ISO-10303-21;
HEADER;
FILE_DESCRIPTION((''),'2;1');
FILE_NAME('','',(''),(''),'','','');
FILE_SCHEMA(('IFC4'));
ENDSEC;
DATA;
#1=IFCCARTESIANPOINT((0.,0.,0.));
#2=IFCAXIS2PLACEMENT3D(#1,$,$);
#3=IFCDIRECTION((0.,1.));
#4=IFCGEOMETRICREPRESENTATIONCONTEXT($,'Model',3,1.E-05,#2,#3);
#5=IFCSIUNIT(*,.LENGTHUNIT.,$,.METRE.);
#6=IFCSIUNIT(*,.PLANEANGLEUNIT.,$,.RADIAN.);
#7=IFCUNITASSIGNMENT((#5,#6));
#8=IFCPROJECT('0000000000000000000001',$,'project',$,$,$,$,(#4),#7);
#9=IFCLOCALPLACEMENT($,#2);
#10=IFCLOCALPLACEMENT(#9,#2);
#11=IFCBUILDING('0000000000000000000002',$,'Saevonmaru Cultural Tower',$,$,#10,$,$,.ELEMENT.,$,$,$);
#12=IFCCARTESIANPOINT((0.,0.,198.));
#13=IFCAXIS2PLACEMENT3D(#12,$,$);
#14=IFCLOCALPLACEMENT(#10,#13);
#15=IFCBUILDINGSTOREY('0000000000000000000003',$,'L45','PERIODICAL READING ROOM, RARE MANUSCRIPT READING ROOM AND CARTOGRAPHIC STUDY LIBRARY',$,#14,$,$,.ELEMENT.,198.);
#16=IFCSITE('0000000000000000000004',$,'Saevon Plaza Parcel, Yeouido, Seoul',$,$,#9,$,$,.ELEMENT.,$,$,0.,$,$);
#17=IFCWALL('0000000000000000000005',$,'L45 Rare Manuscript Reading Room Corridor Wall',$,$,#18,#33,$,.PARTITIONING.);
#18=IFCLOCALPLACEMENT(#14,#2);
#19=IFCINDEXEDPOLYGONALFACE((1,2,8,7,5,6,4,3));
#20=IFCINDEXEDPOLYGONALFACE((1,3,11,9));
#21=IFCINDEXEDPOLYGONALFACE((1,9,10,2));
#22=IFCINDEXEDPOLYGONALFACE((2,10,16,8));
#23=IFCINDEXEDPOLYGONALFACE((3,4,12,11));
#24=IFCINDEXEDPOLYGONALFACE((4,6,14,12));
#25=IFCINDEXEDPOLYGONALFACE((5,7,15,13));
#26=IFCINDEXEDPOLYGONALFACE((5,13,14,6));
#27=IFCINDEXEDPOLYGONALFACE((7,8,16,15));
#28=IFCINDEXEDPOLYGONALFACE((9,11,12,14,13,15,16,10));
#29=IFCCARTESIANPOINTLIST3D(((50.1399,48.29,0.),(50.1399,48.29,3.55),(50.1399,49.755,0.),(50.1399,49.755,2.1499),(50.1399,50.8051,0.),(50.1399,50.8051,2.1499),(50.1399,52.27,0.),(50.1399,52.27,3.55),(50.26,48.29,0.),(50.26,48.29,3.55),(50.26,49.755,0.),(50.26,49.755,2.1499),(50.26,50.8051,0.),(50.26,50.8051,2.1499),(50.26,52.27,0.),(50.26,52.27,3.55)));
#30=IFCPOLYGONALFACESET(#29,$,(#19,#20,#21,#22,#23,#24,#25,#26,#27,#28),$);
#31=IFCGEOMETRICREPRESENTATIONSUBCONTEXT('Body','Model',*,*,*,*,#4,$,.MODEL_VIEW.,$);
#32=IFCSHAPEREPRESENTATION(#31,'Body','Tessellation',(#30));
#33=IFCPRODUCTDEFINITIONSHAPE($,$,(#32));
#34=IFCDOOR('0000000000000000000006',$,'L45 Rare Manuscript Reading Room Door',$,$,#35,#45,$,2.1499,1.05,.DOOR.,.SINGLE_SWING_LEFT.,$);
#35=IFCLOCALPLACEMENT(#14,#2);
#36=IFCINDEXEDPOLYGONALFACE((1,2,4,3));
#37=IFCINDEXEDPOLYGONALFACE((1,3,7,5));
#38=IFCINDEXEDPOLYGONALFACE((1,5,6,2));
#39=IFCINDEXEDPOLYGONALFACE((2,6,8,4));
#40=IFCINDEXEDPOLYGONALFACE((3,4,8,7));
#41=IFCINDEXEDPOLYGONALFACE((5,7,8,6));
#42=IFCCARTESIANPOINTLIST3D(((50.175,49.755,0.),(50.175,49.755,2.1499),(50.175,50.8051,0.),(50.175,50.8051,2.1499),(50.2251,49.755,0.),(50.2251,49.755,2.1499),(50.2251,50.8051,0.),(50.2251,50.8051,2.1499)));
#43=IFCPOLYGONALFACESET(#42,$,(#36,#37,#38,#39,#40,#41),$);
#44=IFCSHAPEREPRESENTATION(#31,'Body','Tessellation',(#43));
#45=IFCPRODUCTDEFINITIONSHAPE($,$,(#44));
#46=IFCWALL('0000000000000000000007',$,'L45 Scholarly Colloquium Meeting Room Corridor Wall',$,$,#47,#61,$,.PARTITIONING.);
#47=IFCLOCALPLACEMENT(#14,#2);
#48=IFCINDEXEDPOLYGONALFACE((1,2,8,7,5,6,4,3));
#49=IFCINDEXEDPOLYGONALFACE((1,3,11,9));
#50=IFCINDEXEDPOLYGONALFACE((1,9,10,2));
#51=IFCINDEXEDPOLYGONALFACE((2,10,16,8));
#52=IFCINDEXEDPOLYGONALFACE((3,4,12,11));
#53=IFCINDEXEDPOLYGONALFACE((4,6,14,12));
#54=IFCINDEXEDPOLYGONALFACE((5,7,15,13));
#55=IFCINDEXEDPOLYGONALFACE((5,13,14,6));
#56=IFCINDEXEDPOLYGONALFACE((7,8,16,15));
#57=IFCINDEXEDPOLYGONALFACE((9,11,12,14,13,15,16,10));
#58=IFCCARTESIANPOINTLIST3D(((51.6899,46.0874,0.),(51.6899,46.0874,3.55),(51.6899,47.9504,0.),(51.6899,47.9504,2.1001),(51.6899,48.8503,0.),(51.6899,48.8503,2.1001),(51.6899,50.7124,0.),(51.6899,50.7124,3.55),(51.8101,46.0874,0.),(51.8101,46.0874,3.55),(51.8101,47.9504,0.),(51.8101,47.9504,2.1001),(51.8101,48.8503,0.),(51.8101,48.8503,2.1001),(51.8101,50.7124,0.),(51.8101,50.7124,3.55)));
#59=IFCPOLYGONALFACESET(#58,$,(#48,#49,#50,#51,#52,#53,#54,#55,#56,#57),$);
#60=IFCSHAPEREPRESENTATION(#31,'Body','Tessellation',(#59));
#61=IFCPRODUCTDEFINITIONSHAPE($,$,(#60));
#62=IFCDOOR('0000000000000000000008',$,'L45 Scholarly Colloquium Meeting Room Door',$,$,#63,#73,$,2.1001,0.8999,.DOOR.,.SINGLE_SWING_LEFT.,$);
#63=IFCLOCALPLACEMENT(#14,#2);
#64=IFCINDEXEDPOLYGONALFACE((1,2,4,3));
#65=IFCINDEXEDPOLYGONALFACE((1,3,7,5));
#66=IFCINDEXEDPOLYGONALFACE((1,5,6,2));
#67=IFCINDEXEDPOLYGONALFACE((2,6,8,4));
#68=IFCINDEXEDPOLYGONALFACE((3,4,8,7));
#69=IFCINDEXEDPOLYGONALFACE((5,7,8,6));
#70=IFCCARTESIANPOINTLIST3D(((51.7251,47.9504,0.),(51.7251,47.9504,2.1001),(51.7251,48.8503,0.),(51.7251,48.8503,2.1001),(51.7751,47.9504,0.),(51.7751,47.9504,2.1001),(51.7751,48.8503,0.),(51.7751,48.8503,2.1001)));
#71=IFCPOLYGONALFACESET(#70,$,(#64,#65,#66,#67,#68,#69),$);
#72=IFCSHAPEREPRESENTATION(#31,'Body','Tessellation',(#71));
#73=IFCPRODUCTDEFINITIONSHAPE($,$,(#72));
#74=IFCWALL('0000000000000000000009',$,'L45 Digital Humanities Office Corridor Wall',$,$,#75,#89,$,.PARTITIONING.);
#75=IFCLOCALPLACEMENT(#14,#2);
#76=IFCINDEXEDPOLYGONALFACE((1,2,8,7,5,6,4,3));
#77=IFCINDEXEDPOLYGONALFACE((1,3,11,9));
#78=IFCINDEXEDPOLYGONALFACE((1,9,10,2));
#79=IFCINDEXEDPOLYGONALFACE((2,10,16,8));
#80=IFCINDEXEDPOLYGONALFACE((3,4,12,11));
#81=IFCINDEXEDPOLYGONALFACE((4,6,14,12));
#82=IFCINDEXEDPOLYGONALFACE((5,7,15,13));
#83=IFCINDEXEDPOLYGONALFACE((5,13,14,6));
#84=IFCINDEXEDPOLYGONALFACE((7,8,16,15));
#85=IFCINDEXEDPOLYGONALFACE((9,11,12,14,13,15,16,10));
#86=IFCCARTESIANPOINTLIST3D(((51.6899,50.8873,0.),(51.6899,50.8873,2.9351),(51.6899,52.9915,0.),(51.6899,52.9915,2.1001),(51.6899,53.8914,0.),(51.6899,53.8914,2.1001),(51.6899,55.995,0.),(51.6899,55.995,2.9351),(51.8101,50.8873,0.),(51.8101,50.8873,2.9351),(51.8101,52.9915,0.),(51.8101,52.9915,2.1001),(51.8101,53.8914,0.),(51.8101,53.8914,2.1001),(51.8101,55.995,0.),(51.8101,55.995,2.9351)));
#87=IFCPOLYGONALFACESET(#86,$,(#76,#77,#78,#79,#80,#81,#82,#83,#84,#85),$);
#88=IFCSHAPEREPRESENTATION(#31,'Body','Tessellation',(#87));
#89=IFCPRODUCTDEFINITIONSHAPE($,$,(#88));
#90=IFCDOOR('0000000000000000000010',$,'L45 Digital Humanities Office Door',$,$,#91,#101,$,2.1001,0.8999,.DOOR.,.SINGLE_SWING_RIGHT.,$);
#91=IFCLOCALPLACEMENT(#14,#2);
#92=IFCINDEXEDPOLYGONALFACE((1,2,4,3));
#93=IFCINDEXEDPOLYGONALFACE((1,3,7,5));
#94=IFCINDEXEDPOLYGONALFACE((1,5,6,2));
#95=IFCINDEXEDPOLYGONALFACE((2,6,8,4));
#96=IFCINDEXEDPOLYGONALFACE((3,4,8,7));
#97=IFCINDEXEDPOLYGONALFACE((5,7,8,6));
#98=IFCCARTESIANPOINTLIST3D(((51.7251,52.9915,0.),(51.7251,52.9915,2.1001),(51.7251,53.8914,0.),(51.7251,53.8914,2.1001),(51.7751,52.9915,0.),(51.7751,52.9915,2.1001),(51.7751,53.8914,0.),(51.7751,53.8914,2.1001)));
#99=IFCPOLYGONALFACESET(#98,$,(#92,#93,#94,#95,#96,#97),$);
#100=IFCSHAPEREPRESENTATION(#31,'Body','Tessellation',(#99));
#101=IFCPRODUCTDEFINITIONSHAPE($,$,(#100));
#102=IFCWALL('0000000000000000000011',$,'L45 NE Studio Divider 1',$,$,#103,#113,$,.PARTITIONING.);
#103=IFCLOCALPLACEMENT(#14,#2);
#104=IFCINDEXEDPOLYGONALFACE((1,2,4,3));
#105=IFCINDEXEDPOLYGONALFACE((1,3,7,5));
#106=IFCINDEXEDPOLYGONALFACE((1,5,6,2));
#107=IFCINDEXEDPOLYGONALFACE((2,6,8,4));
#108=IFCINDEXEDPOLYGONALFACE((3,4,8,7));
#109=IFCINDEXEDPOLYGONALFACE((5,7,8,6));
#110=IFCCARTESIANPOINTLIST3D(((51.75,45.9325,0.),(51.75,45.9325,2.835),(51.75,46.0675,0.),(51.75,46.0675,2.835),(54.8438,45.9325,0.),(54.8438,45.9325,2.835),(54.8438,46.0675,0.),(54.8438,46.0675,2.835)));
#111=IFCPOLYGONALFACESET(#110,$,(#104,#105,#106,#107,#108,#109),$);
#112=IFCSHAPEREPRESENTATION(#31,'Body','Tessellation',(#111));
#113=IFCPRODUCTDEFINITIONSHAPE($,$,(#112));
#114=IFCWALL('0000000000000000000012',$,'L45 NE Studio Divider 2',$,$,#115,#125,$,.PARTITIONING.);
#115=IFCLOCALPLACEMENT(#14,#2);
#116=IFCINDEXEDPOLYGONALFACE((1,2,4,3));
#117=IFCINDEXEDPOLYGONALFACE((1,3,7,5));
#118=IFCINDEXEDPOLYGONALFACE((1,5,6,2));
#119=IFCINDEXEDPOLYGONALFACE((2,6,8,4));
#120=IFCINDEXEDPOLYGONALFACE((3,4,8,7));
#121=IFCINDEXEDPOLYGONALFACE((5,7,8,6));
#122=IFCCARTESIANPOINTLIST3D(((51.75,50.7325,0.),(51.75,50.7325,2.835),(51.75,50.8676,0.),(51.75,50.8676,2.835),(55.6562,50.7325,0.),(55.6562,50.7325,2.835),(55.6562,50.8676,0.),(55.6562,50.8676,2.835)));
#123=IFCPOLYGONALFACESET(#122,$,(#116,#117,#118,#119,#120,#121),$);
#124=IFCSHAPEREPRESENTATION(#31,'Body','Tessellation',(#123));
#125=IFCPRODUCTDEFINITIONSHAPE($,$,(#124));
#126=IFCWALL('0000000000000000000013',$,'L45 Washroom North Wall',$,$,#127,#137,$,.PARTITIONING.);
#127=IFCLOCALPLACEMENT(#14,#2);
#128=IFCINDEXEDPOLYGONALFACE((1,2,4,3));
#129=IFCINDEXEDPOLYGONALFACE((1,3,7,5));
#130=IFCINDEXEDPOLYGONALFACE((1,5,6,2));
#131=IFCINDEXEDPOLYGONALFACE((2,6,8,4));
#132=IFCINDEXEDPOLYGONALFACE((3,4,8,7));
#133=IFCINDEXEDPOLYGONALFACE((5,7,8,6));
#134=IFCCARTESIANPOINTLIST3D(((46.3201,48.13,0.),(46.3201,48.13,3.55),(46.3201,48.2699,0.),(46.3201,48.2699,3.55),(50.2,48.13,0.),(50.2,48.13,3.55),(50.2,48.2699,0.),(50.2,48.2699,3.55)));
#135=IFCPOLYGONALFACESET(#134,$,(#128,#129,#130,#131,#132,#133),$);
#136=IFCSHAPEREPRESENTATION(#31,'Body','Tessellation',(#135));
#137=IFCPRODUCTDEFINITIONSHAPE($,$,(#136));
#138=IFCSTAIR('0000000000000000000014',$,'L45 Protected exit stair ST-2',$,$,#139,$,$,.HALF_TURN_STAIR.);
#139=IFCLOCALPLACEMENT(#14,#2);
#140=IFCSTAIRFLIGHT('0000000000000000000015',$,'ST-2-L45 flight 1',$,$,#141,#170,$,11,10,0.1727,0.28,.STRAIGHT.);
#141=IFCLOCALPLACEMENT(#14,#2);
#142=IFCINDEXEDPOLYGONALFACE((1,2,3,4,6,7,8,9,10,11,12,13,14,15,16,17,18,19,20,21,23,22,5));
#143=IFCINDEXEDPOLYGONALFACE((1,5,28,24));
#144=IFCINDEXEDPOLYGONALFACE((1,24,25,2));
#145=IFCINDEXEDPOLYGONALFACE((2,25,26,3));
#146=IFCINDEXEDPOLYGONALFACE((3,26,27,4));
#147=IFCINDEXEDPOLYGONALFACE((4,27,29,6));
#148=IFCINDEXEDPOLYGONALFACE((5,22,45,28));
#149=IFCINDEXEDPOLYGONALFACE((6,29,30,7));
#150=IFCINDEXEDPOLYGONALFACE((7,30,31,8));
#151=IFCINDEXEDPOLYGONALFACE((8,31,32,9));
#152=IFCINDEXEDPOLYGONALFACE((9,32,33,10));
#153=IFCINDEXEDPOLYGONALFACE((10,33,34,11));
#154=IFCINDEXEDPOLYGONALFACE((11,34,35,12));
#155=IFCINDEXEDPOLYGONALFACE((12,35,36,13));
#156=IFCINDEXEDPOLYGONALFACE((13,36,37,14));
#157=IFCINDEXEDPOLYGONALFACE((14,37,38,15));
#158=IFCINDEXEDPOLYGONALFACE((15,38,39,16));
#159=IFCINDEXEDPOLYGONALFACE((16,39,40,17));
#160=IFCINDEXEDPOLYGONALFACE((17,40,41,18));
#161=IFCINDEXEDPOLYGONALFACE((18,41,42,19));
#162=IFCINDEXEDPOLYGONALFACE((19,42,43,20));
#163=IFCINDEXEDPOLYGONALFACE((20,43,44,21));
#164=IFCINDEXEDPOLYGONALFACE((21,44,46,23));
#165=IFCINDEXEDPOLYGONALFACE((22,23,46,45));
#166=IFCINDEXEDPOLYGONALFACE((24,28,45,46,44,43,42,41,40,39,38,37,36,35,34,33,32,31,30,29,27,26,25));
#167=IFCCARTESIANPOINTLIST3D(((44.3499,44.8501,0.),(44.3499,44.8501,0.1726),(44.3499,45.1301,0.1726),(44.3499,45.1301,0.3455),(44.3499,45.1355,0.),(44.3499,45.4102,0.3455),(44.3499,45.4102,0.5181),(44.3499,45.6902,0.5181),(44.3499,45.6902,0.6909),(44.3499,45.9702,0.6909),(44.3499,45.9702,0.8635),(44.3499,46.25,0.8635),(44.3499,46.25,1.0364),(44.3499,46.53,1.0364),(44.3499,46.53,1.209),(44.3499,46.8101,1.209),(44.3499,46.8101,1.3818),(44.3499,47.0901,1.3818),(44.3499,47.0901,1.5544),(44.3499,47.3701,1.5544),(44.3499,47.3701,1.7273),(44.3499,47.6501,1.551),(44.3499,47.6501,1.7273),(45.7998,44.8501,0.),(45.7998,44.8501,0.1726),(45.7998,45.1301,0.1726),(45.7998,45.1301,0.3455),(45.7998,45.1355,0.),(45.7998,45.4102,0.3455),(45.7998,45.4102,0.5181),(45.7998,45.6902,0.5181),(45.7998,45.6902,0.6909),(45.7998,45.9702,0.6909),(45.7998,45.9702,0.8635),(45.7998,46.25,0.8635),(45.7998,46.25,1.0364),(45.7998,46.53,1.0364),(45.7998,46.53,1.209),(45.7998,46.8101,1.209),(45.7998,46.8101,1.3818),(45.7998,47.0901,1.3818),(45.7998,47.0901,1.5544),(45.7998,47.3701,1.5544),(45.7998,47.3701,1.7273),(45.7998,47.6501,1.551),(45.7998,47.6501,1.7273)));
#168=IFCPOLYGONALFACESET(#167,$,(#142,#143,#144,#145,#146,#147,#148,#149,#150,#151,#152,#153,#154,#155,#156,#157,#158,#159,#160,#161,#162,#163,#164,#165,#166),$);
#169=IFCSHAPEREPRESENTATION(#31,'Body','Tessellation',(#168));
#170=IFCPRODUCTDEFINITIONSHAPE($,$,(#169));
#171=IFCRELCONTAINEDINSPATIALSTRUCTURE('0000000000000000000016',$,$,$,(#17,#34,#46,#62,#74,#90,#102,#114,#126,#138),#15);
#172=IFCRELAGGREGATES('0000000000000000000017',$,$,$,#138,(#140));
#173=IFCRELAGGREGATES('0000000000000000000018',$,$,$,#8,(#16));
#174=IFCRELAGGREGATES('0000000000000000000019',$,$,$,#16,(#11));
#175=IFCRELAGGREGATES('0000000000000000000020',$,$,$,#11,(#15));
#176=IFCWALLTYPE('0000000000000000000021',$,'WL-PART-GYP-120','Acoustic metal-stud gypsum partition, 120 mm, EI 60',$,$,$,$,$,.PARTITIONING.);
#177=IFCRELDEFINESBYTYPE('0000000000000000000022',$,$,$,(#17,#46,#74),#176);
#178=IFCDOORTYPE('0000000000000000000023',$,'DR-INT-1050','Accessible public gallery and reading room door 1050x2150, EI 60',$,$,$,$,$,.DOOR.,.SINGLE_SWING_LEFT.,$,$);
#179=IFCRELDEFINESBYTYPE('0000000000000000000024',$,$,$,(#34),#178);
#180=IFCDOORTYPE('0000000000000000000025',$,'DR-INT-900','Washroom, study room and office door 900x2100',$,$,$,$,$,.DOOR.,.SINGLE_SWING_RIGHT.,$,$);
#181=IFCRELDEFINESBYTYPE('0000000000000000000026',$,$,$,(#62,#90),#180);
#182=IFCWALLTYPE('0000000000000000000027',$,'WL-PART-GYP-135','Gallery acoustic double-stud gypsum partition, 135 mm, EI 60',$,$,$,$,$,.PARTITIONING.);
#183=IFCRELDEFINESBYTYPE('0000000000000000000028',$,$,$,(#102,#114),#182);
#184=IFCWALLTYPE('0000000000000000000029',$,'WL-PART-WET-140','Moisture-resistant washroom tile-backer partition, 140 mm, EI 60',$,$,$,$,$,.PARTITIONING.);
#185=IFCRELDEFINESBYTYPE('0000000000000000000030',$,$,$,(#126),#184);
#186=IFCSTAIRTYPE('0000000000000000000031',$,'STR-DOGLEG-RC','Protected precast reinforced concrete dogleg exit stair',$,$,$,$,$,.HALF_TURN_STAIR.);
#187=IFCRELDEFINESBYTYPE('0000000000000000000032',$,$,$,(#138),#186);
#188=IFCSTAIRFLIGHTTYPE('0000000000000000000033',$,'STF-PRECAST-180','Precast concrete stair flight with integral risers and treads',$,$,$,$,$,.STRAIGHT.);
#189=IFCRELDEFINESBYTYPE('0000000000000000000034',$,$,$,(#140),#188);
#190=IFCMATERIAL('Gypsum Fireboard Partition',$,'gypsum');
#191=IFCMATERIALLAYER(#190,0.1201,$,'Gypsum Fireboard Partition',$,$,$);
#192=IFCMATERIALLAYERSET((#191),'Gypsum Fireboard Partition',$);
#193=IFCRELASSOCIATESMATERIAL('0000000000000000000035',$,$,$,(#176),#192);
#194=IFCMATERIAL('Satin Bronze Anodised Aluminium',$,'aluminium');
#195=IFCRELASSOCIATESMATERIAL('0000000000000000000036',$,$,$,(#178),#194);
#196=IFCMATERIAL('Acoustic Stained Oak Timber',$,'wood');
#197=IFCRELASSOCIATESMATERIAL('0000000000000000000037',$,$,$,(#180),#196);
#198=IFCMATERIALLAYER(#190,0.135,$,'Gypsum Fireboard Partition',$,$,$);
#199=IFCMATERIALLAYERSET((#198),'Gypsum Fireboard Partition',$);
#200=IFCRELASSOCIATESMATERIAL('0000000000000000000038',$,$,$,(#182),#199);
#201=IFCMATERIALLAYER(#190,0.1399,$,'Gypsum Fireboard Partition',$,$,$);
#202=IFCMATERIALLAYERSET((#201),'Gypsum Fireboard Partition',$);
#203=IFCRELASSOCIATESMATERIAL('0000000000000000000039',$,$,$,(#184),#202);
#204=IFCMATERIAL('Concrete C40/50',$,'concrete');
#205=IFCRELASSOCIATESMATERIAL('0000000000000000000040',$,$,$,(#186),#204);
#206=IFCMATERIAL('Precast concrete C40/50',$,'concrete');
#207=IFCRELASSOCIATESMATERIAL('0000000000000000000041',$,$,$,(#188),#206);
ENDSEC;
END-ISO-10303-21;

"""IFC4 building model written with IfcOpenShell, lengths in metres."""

from ifc_helpers import new_model, si_unit, direction, frame, frame_2d, origin, place, context, subcontext, project, spatial, polyline, rectangle, outline, extrude, material, layer, layer_set, type_object, element, fill, aggregate, save


model = new_model("IFC4")

# Units and contexts
model_context = context("Model", 3, precision=1e-05, world=origin(), true_north=direction((0.0, 1.0)))
body_context = subcontext(model_context, "Body", "Model", "MODEL_VIEW")
ifc_project = project(units=[si_unit("LENGTHUNIT", "METRE"), si_unit("PLANEANGLEUNIT", "RADIAN")], contexts=[model_context])

# Site, building, storey
site_placement = place(None, origin())
site = spatial("IfcSite", under=ifc_project, at=site_placement, Name="Saevon Plaza Parcel, Yeouido, Seoul", CompositionType="ELEMENT", RefElevation=0.0)
building_placement = place(site_placement, origin())
building = spatial("IfcBuilding", under=site, at=building_placement, Name="Saevonmaru Cultural Tower", CompositionType="ELEMENT")
storey_placement = place(building_placement, frame((0.0, 0.0, 198.0)))
storey = spatial("IfcBuildingStorey", under=building, at=storey_placement, Name="L45", Description="PERIODICAL READING ROOM, RARE MANUSCRIPT READING ROOM AND CARTOGRAPHIC STUDY LIBRARY", CompositionType="ELEMENT", Elevation=198.0)

# Shared definitions
ifc_material_1 = material(Name="Satin Bronze Anodised Aluminium", Category="aluminium")

# Walls, openings, doors
ifc_material_2 = material(Name="Gypsum Fireboard Partition", Category="gypsum")
ifc_layer_1 = layer(ifc_material_2, 0.1201, Name="Gypsum Fireboard Partition")
ifc_layer_set_1 = layer_set([ifc_layer_1], Name="Gypsum Fireboard Partition")
wall_type_1 = type_object("IfcWallType", Name="WL-PART-GYP-120", Description="Acoustic metal-stud gypsum partition, 120 mm, EI 60", PredefinedType="PARTITIONING", material=ifc_layer_set_1)
wall_1_placement = place(storey_placement, frame((50.2, 48.29, 0.0), z_axis=(0.0, 0.0, 1.0), x_axis=(0.0, 1.0, 0.0)))
wall_1 = element("IfcWall", 1, at=wall_1_placement, inside=storey, type_object=wall_type_1, Name="L45 Rare Manuscript Reading Room Corridor Wall", PredefinedType="PARTITIONING", context=body_context, shape_type="SweptSolid", body=[
    extrude(rectangle(XDim=3.98, YDim=0.1201, at=frame_2d((1.99, 0.0))), origin(), (0.0, 0.0, 1.0), 3.55),
])
opening_1_placement = place(wall_1_placement, frame((1.4651, 0.0, 0.0)))
opening_1 = element("IfcOpeningElement", 2, at=opening_1_placement, cuts=wall_1, PredefinedType="OPENING", context=body_context, shape_type="SweptSolid", body=[
    extrude(rectangle(XDim=1.05, YDim=2.1499, at=frame_2d((0.5249, 1.075))), frame((0.0, 0.0701, 0.0), z_axis=(0.0, -1.0, 0.0), x_axis=(1.0, 0.0, 0.0)), (0.0, 0.0, 1.0), 0.1401),
])
door_type_1 = type_object("IfcDoorType", Name="DR-INT-1050", Description="Accessible public gallery and reading room door 1050x2150, EI 60", OperationType="SINGLE_SWING_LEFT", PredefinedType="DOOR", material=ifc_material_1)
door_1_placement = place(opening_1_placement, origin())
door_1 = element("IfcDoor", 3, at=door_1_placement, inside=storey, type_object=door_type_1, Name="L45 Rare Manuscript Reading Room Door", OperationType="SINGLE_SWING_LEFT", OverallHeight=2.1499, OverallWidth=1.05, PredefinedType="DOOR", context=body_context, shape_type="SweptSolid", body=[
    extrude(rectangle(XDim=1.05, YDim=2.1499, at=frame_2d((0.5249, 1.075))), frame((0.0, 0.0249, 0.0), z_axis=(0.0, -1.0, 0.0), x_axis=(1.0, 0.0, 0.0)), (0.0, 0.0, 1.0), 0.05),
])
fill(opening_1, door_1)
wall_2_placement = place(storey_placement, frame((51.75, 46.0874, 0.0), z_axis=(0.0, 0.0, 1.0), x_axis=(0.0, 1.0, 0.0)))
wall_2 = element("IfcWall", 4, at=wall_2_placement, inside=storey, type_object=wall_type_1, Name="L45 Scholarly Colloquium Meeting Room Corridor Wall", PredefinedType="PARTITIONING", context=body_context, shape_type="SweptSolid", body=[
    extrude(rectangle(XDim=4.625, YDim=0.1201, at=frame_2d((2.3125, 0.0))), origin(), (0.0, 0.0, 1.0), 3.55),
])
opening_2_placement = place(wall_2_placement, frame((1.863, 0.0, 0.0)))
opening_2 = element("IfcOpeningElement", 5, at=opening_2_placement, cuts=wall_2, PredefinedType="OPENING", context=body_context, shape_type="SweptSolid", body=[
    extrude(rectangle(XDim=0.8999, YDim=2.1001, at=frame_2d((0.45, 1.05))), frame((0.0, 0.0701, 0.0), z_axis=(0.0, -1.0, 0.0), x_axis=(1.0, 0.0, 0.0)), (0.0, 0.0, 1.0), 0.1401),
])
ifc_material_3 = material(Name="Acoustic Stained Oak Timber", Category="wood")
door_type_2 = type_object("IfcDoorType", Name="DR-INT-900", Description="Washroom, study room and office door 900x2100", OperationType="SINGLE_SWING_RIGHT", PredefinedType="DOOR", material=ifc_material_3)
door_2_placement = place(opening_2_placement, origin())
door_2 = element("IfcDoor", 6, at=door_2_placement, inside=storey, type_object=door_type_2, Name="L45 Scholarly Colloquium Meeting Room Door", OperationType="SINGLE_SWING_LEFT", OverallHeight=2.1001, OverallWidth=0.8999, PredefinedType="DOOR", context=body_context, shape_type="SweptSolid", body=[
    extrude(rectangle(XDim=0.8999, YDim=2.1001, at=frame_2d((0.45, 1.05))), frame((0.0, 0.0249, 0.0), z_axis=(0.0, -1.0, 0.0), x_axis=(1.0, 0.0, 0.0)), (0.0, 0.0, 1.0), 0.05),
])
fill(opening_2, door_2)
wall_3_placement = place(storey_placement, frame((51.75, 50.8875, 0.0), z_axis=(0.0, 0.0, 1.0), x_axis=(0.0, 1.0, 0.0)))
wall_3 = element("IfcWall", 7, at=wall_3_placement, inside=storey, type_object=wall_type_1, Name="L45 Digital Humanities Office Corridor Wall", PredefinedType="PARTITIONING", context=body_context, shape_type="SweptSolid", body=[
    extrude(rectangle(XDim=5.1077, YDim=0.1201, at=frame_2d((2.5537, 0.0))), origin(), (0.0, 0.0, 1.0), 2.9351),
])
opening_3_placement = place(wall_3_placement, frame((2.104, 0.0, 0.0)))
opening_3 = element("IfcOpeningElement", 8, at=opening_3_placement, cuts=wall_3, PredefinedType="OPENING", context=body_context, shape_type="SweptSolid", body=[
    extrude(rectangle(XDim=0.8999, YDim=2.1001, at=frame_2d((0.45, 1.05))), frame((0.0, 0.0701, 0.0), z_axis=(0.0, -1.0, 0.0), x_axis=(1.0, 0.0, 0.0)), (0.0, 0.0, 1.0), 0.1401),
])
door_3_placement = place(opening_3_placement, origin())
door_3 = element("IfcDoor", 9, at=door_3_placement, inside=storey, type_object=door_type_2, Name="L45 Digital Humanities Office Door", OperationType="SINGLE_SWING_RIGHT", OverallHeight=2.1001, OverallWidth=0.8999, PredefinedType="DOOR", context=body_context, shape_type="SweptSolid", body=[
    extrude(rectangle(XDim=0.8999, YDim=2.1001, at=frame_2d((0.45, 1.05))), frame((0.0, 0.0249, 0.0), z_axis=(0.0, -1.0, 0.0), x_axis=(1.0, 0.0, 0.0)), (0.0, 0.0, 1.0), 0.05),
])
fill(opening_3, door_3)

# Walls
ifc_layer_2 = layer(ifc_material_2, 0.135, Name="Gypsum Fireboard Partition")
ifc_layer_set_2 = layer_set([ifc_layer_2], Name="Gypsum Fireboard Partition")
wall_type_2 = type_object("IfcWallType", Name="WL-PART-GYP-135", Description="Gallery acoustic double-stud gypsum partition, 135 mm, EI 60", PredefinedType="PARTITIONING", material=ifc_layer_set_2)
wall_4_placement = place(storey_placement, frame((51.75, 46.0, 0.0), z_axis=(0.0, 0.0, 1.0), x_axis=(1.0, 0.0, 0.0)))
element("IfcWall", 10, at=wall_4_placement, inside=storey, type_object=wall_type_2, Name="L45 NE Studio Divider 1", PredefinedType="PARTITIONING", context=body_context, shape_type="SweptSolid", body=[
    extrude(rectangle(XDim=3.0938, YDim=0.135, at=frame_2d((1.5469, 0.0))), origin(), (0.0, 0.0, 1.0), 2.835),
])
wall_5_placement = place(storey_placement, frame((51.75, 50.8, 0.0), z_axis=(0.0, 0.0, 1.0), x_axis=(1.0, 0.0, 0.0)))
element("IfcWall", 11, at=wall_5_placement, inside=storey, type_object=wall_type_2, Name="L45 NE Studio Divider 2", PredefinedType="PARTITIONING", context=body_context, shape_type="SweptSolid", body=[
    extrude(rectangle(XDim=3.9062, YDim=0.135, at=frame_2d((1.9531, 0.0))), origin(), (0.0, 0.0, 1.0), 2.835),
])
ifc_layer_3 = layer(ifc_material_2, 0.1399, Name="Gypsum Fireboard Partition")
ifc_layer_set_3 = layer_set([ifc_layer_3], Name="Gypsum Fireboard Partition")
wall_type_3 = type_object("IfcWallType", Name="WL-PART-WET-140", Description="Moisture-resistant washroom tile-backer partition, 140 mm, EI 60", PredefinedType="PARTITIONING", material=ifc_layer_set_3)
wall_6_placement = place(storey_placement, frame((46.3201, 48.2, 0.0), z_axis=(0.0, 0.0, 1.0), x_axis=(1.0, 0.0, 0.0)))
element("IfcWall", 12, at=wall_6_placement, inside=storey, type_object=wall_type_3, Name="L45 Washroom North Wall", PredefinedType="PARTITIONING", context=body_context, shape_type="SweptSolid", body=[
    extrude(rectangle(XDim=3.8799, YDim=0.1399, at=frame_2d((1.9399, 0.0))), origin(), (0.0, 0.0, 1.0), 3.55),
])

# Stair, stair flight
ifc_material_4 = material(Name="Concrete C40/50", Category="concrete")
stair_type = type_object("IfcStairType", Name="STR-DOGLEG-RC", Description="Protected precast reinforced concrete dogleg exit stair", PredefinedType="HALF_TURN_STAIR", material=ifc_material_4)
stair_placement = place(storey_placement, origin())
stair = element("IfcStair", 13, at=stair_placement, inside=storey, type_object=stair_type, Name="L45 Protected exit stair ST-2", PredefinedType="HALF_TURN_STAIR")
ifc_material_5 = material(Name="Precast concrete C40/50", Category="concrete")
stair_flight_type = type_object("IfcStairFlightType", Name="STF-PRECAST-180", Description="Precast concrete stair flight with integral risers and treads", PredefinedType="STRAIGHT", material=ifc_material_5)
stair_flight_placement = place(storey_placement, frame((45.075, 44.8501, 0.0), z_axis=(0.0, 0.0, 1.0), x_axis=(0.0, 1.0, 0.0)))
stair_flight = element("IfcStairFlight", 14, at=stair_flight_placement, type_object=stair_flight_type, Name="ST-2-L45 flight 1", NumberOfRisers=11, NumberOfTreads=10, PredefinedType="STRAIGHT", RiserHeight=0.1727, TreadLength=0.28, context=body_context, shape_type="SweptSolid", body=[
    extrude(outline(polyline([(0.0, 0.0), (0.0, 0.1726), (0.28, 0.1726), (0.28, 0.3455), (0.5601, 0.3455), (0.5601, 0.5181), (0.8401, 0.5181), (0.8401, 0.6909), (1.1201, 0.6909), (1.1201, 0.8635), (1.3999, 0.8635), (1.3999, 1.0364), (1.6799, 1.0364), (1.6799, 1.209), (1.96, 1.209), (1.96, 1.3818), (2.24, 1.3818), (2.24, 1.5544), (2.52, 1.5544), (2.52, 1.7273), (2.8, 1.7273), (2.8, 1.8999), (2.8, 1.551), (0.2854, 0.0), (0.0, 0.0)])), frame((0.0, 0.7251, 0.0), z_axis=(0.0, -1.0, 0.0), x_axis=(1.0, 0.0, 0.0)), (0.0, 0.0, 1.0), 1.45),
])
aggregate(stair, [stair_flight])

save(model, "model.ifc")
